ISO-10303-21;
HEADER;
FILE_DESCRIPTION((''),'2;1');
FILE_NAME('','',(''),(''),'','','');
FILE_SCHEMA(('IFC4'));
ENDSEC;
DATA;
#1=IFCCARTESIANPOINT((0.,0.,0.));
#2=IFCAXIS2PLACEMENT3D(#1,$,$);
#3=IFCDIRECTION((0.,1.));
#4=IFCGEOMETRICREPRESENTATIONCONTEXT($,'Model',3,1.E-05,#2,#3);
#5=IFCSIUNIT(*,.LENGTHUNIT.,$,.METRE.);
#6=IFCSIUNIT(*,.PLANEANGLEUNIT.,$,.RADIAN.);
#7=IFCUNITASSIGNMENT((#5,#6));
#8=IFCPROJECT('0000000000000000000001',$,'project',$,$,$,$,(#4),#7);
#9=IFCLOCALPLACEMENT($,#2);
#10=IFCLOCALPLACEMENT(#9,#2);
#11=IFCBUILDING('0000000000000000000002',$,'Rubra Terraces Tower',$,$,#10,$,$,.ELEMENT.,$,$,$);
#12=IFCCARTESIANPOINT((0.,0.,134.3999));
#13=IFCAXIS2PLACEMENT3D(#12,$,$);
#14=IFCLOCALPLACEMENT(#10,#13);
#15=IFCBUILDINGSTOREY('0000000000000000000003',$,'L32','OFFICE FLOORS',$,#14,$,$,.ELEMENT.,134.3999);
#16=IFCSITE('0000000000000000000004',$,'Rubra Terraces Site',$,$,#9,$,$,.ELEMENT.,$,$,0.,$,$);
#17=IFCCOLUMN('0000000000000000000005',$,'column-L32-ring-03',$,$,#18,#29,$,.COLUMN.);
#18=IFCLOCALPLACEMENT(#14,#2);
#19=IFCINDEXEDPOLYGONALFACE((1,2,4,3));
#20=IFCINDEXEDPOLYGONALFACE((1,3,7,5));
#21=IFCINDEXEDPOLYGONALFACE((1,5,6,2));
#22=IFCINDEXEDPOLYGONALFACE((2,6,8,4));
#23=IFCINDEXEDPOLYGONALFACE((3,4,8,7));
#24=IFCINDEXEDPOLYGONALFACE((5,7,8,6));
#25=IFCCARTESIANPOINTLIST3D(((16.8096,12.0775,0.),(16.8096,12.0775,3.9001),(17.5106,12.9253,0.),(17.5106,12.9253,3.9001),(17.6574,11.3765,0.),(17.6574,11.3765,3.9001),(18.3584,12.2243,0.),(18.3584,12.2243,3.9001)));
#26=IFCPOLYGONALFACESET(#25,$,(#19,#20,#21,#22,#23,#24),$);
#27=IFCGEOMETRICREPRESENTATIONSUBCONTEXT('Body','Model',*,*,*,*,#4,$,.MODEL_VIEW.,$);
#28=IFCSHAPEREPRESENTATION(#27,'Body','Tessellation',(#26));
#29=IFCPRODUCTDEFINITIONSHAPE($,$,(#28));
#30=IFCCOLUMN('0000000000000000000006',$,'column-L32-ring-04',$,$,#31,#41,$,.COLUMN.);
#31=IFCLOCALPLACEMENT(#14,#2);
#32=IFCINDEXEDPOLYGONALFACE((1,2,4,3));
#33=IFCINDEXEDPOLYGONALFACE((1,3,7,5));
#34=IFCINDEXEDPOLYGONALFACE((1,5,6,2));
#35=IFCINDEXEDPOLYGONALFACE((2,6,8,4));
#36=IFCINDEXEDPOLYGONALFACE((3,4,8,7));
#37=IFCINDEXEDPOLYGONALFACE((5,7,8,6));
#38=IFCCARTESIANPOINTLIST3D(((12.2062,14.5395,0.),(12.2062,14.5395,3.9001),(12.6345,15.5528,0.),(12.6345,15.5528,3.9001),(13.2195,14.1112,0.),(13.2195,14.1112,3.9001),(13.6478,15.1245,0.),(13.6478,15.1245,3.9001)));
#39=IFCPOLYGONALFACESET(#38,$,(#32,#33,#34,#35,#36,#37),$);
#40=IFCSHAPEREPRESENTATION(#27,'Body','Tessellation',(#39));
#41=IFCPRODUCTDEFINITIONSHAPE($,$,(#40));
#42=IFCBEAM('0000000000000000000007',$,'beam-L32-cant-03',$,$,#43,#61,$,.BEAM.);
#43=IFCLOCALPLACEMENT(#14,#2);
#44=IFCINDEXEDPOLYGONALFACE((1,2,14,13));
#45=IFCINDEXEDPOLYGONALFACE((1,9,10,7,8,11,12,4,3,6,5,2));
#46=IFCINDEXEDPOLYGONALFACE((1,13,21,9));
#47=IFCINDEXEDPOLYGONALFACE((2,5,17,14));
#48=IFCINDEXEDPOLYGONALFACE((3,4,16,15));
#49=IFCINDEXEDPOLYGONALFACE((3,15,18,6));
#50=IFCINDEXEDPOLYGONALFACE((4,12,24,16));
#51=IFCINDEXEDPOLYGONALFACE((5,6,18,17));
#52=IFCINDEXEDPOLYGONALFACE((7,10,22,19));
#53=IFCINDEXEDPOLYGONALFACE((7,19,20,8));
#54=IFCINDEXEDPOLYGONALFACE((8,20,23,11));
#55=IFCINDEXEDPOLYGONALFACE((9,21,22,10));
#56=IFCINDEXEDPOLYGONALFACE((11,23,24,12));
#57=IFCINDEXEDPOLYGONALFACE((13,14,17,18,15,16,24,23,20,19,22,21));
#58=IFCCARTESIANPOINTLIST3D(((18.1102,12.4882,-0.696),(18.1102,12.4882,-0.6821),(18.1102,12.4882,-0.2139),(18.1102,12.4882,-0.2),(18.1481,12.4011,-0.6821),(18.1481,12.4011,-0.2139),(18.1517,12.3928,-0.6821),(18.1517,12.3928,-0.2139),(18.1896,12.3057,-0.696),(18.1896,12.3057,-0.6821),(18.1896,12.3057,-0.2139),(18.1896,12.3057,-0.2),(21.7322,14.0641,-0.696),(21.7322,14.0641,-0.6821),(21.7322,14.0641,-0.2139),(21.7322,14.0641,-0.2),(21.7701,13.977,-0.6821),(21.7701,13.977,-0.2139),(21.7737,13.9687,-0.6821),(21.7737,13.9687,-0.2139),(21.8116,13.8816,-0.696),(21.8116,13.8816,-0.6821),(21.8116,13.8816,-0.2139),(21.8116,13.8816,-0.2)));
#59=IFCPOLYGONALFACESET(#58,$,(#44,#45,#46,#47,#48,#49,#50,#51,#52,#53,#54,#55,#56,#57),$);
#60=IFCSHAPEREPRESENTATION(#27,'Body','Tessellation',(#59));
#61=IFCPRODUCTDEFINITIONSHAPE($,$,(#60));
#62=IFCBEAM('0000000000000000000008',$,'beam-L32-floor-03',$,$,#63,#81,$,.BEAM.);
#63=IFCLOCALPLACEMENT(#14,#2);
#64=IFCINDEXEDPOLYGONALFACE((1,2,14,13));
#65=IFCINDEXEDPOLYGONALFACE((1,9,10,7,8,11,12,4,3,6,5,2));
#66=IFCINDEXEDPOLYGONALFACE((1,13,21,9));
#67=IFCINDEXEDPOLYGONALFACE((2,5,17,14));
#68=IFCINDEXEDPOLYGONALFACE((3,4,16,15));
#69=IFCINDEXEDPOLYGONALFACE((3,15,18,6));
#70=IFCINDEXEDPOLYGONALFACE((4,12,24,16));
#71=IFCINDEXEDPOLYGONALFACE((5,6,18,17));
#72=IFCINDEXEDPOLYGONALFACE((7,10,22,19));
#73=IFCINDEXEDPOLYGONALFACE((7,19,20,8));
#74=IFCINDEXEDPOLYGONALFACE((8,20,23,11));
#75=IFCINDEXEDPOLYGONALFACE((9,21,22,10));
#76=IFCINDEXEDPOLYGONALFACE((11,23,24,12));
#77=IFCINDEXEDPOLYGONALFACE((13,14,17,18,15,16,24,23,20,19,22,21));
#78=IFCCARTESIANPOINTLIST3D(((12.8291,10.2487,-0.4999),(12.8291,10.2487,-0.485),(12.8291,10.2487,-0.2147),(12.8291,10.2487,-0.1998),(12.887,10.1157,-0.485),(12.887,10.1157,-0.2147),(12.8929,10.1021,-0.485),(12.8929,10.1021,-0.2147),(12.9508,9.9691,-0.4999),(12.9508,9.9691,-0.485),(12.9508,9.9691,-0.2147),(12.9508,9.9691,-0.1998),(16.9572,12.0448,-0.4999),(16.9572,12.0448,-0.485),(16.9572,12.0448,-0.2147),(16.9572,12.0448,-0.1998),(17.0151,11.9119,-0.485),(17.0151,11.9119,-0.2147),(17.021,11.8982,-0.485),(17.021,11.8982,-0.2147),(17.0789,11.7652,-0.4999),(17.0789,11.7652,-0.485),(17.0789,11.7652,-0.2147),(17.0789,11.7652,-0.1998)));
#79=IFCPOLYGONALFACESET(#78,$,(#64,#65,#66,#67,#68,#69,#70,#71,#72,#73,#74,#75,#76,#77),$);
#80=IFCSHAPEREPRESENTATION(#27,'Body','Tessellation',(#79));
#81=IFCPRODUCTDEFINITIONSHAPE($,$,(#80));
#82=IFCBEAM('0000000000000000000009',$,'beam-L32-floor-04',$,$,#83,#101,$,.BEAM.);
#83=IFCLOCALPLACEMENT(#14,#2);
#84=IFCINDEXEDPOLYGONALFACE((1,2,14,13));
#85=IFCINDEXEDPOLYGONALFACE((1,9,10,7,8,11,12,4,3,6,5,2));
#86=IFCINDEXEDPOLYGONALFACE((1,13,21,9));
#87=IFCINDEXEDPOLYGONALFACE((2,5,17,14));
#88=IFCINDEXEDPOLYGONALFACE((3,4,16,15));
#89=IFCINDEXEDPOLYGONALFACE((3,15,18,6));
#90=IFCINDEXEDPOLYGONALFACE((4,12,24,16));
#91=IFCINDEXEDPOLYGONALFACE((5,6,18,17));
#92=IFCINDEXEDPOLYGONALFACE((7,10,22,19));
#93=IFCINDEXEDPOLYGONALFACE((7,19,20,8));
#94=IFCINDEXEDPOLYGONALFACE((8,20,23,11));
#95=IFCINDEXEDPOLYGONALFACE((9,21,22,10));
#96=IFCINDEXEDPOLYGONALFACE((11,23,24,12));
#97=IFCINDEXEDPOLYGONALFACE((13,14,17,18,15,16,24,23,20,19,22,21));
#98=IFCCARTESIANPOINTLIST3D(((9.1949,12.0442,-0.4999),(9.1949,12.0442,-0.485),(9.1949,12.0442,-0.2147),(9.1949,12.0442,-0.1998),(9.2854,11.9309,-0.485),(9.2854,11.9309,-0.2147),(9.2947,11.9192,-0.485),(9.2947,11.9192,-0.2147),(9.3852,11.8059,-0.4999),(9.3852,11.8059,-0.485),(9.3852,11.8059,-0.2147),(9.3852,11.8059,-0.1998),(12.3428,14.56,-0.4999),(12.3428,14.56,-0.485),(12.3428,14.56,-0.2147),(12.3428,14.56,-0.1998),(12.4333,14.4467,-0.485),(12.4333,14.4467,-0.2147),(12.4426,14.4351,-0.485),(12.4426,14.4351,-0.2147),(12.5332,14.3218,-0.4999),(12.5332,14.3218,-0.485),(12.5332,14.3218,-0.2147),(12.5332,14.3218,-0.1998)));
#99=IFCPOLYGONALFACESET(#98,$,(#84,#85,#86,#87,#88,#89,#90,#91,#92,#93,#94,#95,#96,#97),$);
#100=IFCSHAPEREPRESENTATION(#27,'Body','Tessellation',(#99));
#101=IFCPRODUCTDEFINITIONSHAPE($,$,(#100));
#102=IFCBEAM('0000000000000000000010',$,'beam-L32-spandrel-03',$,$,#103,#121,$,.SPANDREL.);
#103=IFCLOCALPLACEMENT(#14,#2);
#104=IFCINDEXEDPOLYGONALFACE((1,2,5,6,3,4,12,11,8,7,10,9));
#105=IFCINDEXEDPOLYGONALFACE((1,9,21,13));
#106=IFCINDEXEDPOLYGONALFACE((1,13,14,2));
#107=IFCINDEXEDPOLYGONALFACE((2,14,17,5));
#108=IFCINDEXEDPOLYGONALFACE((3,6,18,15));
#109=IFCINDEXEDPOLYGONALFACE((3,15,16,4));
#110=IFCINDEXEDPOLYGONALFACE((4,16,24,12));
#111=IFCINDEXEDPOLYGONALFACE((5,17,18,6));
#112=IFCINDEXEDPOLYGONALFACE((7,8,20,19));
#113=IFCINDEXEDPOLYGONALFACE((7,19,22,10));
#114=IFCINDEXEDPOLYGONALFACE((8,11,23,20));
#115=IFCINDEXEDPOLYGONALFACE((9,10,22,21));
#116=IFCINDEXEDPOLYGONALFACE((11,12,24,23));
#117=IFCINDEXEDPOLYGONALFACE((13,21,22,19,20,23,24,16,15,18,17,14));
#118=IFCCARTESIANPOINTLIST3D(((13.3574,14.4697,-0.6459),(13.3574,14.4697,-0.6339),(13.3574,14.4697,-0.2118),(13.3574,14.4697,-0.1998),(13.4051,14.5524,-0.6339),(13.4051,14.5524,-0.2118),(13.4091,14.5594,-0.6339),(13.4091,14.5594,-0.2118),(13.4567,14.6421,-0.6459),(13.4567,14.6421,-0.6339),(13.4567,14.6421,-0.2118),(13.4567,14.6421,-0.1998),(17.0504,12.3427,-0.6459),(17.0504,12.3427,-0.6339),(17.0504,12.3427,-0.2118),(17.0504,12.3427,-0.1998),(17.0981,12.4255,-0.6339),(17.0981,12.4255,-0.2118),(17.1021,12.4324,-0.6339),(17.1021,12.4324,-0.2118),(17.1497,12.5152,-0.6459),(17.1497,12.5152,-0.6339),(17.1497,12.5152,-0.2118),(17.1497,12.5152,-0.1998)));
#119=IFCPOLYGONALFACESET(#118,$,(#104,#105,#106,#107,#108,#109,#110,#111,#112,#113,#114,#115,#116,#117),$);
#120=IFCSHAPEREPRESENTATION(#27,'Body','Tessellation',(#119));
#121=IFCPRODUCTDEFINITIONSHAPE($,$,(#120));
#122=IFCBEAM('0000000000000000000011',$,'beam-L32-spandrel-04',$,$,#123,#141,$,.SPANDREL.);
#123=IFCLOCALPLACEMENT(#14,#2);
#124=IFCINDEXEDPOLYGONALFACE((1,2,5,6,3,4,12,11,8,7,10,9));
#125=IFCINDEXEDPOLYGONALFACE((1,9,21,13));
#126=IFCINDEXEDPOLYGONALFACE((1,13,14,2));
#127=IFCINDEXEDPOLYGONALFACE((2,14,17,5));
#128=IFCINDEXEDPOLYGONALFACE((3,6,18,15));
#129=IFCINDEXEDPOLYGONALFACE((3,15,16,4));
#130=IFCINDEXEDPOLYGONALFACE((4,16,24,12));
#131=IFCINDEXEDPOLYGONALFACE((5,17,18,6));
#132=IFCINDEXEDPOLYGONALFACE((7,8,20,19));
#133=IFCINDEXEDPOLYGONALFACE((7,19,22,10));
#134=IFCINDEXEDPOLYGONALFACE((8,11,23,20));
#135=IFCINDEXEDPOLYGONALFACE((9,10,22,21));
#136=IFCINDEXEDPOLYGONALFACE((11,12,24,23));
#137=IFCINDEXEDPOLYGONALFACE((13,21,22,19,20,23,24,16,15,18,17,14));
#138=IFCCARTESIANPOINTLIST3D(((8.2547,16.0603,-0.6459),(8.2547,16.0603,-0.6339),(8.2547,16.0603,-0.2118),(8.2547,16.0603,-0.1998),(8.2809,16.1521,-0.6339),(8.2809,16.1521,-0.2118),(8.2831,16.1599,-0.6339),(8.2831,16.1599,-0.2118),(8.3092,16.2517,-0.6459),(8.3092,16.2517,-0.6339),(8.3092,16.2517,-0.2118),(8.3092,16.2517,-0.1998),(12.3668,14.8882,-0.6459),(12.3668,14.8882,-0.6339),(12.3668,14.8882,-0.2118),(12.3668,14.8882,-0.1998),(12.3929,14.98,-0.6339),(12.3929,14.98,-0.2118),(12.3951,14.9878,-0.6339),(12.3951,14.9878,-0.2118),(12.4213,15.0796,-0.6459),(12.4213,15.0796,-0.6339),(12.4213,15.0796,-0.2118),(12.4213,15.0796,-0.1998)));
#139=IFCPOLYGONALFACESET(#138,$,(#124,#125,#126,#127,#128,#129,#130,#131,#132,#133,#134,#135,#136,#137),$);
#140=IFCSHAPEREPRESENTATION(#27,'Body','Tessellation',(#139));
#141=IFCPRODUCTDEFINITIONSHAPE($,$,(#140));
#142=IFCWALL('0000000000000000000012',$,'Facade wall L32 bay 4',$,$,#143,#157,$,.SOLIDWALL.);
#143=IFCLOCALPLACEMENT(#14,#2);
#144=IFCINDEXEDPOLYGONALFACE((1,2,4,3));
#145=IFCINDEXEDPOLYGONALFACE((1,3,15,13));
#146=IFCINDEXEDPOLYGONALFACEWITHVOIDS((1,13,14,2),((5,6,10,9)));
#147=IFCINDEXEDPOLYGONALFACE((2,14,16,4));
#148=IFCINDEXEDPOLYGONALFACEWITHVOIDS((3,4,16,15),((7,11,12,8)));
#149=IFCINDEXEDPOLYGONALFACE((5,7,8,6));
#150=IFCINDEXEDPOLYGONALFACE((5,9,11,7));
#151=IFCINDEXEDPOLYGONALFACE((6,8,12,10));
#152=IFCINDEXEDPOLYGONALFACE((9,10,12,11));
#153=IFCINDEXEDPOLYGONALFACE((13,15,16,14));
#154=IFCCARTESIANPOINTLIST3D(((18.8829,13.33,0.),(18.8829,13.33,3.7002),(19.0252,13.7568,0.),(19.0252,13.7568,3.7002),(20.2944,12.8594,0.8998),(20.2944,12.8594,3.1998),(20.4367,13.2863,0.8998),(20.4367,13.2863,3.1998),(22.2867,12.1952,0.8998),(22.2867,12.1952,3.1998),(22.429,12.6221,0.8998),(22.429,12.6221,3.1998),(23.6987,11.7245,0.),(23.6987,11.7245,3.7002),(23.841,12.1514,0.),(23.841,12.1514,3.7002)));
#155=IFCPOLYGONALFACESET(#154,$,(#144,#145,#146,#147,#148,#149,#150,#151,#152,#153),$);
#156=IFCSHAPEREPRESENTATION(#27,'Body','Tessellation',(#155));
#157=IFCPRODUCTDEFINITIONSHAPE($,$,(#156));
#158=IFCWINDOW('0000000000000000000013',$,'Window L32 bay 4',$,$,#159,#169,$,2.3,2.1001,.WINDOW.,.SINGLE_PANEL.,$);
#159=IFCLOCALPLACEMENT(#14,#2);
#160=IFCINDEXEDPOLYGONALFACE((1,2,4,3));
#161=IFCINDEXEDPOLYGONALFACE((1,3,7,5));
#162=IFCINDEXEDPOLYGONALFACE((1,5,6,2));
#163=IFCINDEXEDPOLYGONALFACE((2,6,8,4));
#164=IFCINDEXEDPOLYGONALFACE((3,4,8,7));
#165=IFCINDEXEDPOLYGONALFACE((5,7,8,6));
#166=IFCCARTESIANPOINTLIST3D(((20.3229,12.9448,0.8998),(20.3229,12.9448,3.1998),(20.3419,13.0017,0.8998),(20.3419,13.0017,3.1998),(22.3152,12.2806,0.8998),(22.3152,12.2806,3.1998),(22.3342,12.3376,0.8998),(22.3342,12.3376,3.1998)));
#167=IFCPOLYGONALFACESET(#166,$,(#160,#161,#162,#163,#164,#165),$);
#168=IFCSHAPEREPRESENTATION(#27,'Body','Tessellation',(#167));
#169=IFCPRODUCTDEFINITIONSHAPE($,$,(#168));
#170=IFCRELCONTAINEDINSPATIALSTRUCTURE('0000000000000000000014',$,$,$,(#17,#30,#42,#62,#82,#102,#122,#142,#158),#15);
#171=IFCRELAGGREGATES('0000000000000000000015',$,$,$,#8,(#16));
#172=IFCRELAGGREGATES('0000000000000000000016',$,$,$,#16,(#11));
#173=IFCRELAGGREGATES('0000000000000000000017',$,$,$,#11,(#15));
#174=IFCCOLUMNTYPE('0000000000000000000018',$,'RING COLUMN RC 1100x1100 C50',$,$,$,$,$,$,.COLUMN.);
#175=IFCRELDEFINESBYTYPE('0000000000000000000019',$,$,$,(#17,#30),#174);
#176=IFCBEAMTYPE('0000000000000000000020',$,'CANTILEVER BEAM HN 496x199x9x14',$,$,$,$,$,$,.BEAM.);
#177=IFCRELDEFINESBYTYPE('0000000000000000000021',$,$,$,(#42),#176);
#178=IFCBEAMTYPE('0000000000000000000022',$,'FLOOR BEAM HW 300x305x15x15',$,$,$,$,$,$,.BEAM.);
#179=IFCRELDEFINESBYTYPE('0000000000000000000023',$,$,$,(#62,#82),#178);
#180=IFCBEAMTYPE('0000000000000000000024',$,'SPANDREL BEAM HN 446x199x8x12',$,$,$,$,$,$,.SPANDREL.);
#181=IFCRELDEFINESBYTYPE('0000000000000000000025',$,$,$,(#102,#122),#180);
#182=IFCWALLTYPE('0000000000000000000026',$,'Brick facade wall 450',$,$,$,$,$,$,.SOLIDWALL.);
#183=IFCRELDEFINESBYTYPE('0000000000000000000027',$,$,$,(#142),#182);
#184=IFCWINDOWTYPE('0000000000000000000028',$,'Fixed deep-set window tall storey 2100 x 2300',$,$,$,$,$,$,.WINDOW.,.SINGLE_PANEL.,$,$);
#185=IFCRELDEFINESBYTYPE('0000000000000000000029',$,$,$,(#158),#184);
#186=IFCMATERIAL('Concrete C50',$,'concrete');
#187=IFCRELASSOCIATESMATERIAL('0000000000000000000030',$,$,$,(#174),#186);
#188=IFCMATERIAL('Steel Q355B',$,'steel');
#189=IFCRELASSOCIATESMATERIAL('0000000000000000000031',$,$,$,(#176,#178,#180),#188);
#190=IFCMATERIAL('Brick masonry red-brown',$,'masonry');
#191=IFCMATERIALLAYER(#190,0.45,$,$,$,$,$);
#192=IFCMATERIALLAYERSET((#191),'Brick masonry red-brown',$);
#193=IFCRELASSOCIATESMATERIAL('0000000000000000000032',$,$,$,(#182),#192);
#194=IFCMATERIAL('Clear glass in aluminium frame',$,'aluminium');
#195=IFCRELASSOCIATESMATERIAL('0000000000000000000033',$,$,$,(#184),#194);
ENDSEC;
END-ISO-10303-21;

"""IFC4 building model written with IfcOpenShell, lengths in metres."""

from ifc_helpers import new_model, si_unit, direction, frame, frame_2d, origin, origin_2d, place, context, subcontext, project, spatial, rectangle, i_section, extrude, material, layer, layer_set, material_profile, profile_set, type_object, element, fill, save


model = new_model("IFC4")

# Units and contexts
model_context = context("Model", 3, precision=1e-05, world=origin(), true_north=direction((0.0, 1.0)))
body_context = subcontext(model_context, "Body", "Model", "MODEL_VIEW")
ifc_project = project(units=[si_unit("LENGTHUNIT", "METRE"), si_unit("PLANEANGLEUNIT", "RADIAN")], contexts=[model_context])

# Site, building, storey
site_placement = place(None, origin())
site = spatial("IfcSite", under=ifc_project, at=site_placement, Name="Rubra Terraces Site", CompositionType="ELEMENT", RefElevation=0.0)
building_placement = place(site_placement, origin())
building = spatial("IfcBuilding", under=site, at=building_placement, Name="Rubra Terraces Tower", CompositionType="ELEMENT")
storey_placement = place(building_placement, frame((0.0, 0.0, 134.3999)))
storey = spatial("IfcBuildingStorey", under=building, at=storey_placement, Name="L32", Description="OFFICE FLOORS", CompositionType="ELEMENT", Elevation=134.3999)

# Columns
ifc_material_1 = material(Name="Concrete C50", Category="concrete")
ifc_material_profile_1 = material_profile(ifc_material_1, rectangle(XDim=1.1001, YDim=1.1001, at=origin_2d()), Name="RC 1100x1100")
ifc_profile_set_1 = profile_set([ifc_material_profile_1], Name="Concrete C50")
column_type = type_object("IfcColumnType", Name="RING COLUMN RC 1100x1100 C50", PredefinedType="COLUMN", material=ifc_profile_set_1)
for number, where, z_axis, x_axis, name in (
    (1, (17.584, 12.1509, 0.0), (0.0, 0.0, 1.0), (-0.770679, 0.637223, 0.0), "column-L32-ring-03"),
    (2, (12.927, 14.832, 0.0), (0.0, 0.0, 1.0), (-0.921106, 0.389313, 0.0), "column-L32-ring-04"),
):
    element("IfcColumn", number, at=place(storey_placement, frame(where, z_axis=z_axis, x_axis=x_axis)), inside=storey, type_object=column_type, Name=name, PredefinedType="COLUMN", context=body_context, shape_type="SweptSolid", body=[
        extrude(rectangle(XDim=1.1001, YDim=1.1001, at=origin_2d()), origin(), (0.0, 0.0, 1.0), 3.9001),
    ])

# Beams
ifc_material_2 = material(Name="Steel Q355B", Category="steel")
ifc_material_profile_2 = material_profile(ifc_material_2, i_section(OverallWidth=0.199, OverallDepth=0.4961, WebThickness=0.009, FlangeThickness=0.0139, at=origin_2d()), Name="HN 496x199x9x14")
ifc_profile_set_2 = profile_set([ifc_material_profile_2], Name="Steel Q355B")
beam_type_1 = type_object("IfcBeamType", Name="CANTILEVER BEAM HN 496x199x9x14", PredefinedType="BEAM", material=ifc_profile_set_2)
beam_1_placement = place(storey_placement, frame((18.1499, 12.397, -0.448), z_axis=(0.916967, 0.398963, 0.0), x_axis=(-0.398963, 0.916967, 0.0)))
element("IfcBeam", 3, at=beam_1_placement, inside=storey, type_object=beam_type_1, Name="beam-L32-cant-03", PredefinedType="BEAM", context=body_context, shape_type="SweptSolid", body=[
    extrude(i_section(OverallWidth=0.199, OverallDepth=0.4961, WebThickness=0.009, FlangeThickness=0.0139, at=origin_2d()), origin(), (0.0, 0.0, 1.0), 3.95),
])
ifc_material_profile_3 = material_profile(ifc_material_2, i_section(OverallWidth=0.3049, OverallDepth=0.3, WebThickness=0.0149, FlangeThickness=0.0149, at=origin_2d()), Name="HW 300x305x15x15")
ifc_profile_set_3 = profile_set([ifc_material_profile_3], Name="Steel Q355B")
beam_type_2 = type_object("IfcBeamType", Name="FLOOR BEAM HW 300x305x15x15", PredefinedType="BEAM", material=ifc_profile_set_3)
beam_2_placement = place(storey_placement, frame((17.0181, 11.905, -0.3499), z_axis=(-0.916966, -0.398966, 0.0), x_axis=(0.398966, -0.916966, 0.0)))
element("IfcBeam", 4, at=beam_2_placement, inside=storey, type_object=beam_type_2, Name="beam-L32-floor-03", PredefinedType="BEAM", context=body_context, shape_type="SweptSolid", body=[
    extrude(i_section(OverallWidth=0.3049, OverallDepth=0.3, WebThickness=0.0149, FlangeThickness=0.0149, at=origin_2d()), origin(), (0.0, 0.0, 1.0), 4.502),
])
beam_3_placement = place(storey_placement, frame((12.438, 14.4409, -0.3499), z_axis=(-0.78117, -0.624318, 0.0), x_axis=(0.624318, -0.78117, 0.0)))
element("IfcBeam", 5, at=beam_3_placement, inside=storey, type_object=beam_type_2, Name="beam-L32-floor-04", PredefinedType="BEAM", context=body_context, shape_type="SweptSolid", body=[
    extrude(i_section(OverallWidth=0.3049, OverallDepth=0.3, WebThickness=0.0149, FlangeThickness=0.0149, at=origin_2d()), origin(), (0.0, 0.0, 1.0), 4.0298),
])
ifc_material_profile_4 = material_profile(ifc_material_2, i_section(OverallWidth=0.199, OverallDepth=0.446, WebThickness=0.0081, FlangeThickness=0.012, at=origin_2d()), Name="HN 446x199x8x12")
ifc_profile_set_4 = profile_set([ifc_material_profile_4], Name="Steel Q355B")
beam_type_3 = type_object("IfcBeamType", Name="SPANDREL BEAM HN 446x199x8x12", PredefinedType="SPANDREL", material=ifc_profile_set_4)
beam_4_placement = place(storey_placement, frame((17.1001, 12.429, -0.4229), z_axis=(-0.86656, 0.499073, 0.0), x_axis=(-0.499073, -0.86656, 0.0)))
element("IfcBeam", 6, at=beam_4_placement, inside=storey, type_object=beam_type_3, Name="beam-L32-spandrel-03", PredefinedType="SPANDREL", context=body_context, shape_type="SweptSolid", body=[
    extrude(i_section(OverallWidth=0.199, OverallDepth=0.446, WebThickness=0.0081, FlangeThickness=0.012, at=origin_2d()), origin(), (0.0, 0.0, 1.0), 4.2617),
])
beam_5_placement = place(storey_placement, frame((12.394, 14.9839, -0.4229), z_axis=(-0.961694, 0.274125, 0.0), x_axis=(-0.274125, -0.961694, 0.0)))
element("IfcBeam", 7, at=beam_5_placement, inside=storey, type_object=beam_type_3, Name="beam-L32-spandrel-04", PredefinedType="SPANDREL", context=body_context, shape_type="SweptSolid", body=[
    extrude(i_section(OverallWidth=0.199, OverallDepth=0.446, WebThickness=0.0081, FlangeThickness=0.012, at=origin_2d()), origin(), (0.0, 0.0, 1.0), 4.2759),
])

# Wall, opening, window
ifc_material_3 = material(Name="Brick masonry red-brown", Category="masonry")
ifc_layer_1 = layer(ifc_material_3, 0.45)
ifc_layer_set_1 = layer_set([ifc_layer_1], Name="Brick masonry red-brown")
wall_type_1 = type_object("IfcWallType", Name="Brick facade wall 450", PredefinedType="SOLIDWALL", material=ifc_layer_set_1)
wall_1_placement = place(storey_placement, frame((23.7698, 11.938, 0.0), z_axis=(0.0, 0.0, 1.0), x_axis=(-0.948674, 0.316257, 0.0)))
wall_1 = element("IfcWall", 8, at=wall_1_placement, inside=storey, type_object=wall_type_1, Name="Facade wall L32 bay 4", PredefinedType="SOLIDWALL", context=body_context, shape_type="SweptSolid", body=[
    extrude(rectangle(XDim=5.0764, YDim=0.45, at=frame_2d((2.5381, 0.0))), origin(), (0.0, 0.0, 1.0), 3.7002),
])
opening_1_placement = place(wall_1_placement, frame((1.4883, 0.0, 0.8999)))
opening_1 = element("IfcOpeningElement", 9, at=opening_1_placement, cuts=wall_1, PredefinedType="OPENING", context=body_context, shape_type="SweptSolid", body=[
    extrude(rectangle(XDim=2.1001, YDim=2.3, at=frame_2d((1.05, 1.1499))), frame((0.0, 0.2349, 0.0), z_axis=(0.0, -1.0, 0.0), x_axis=(1.0, 0.0, 0.0)), (0.0, 0.0, 1.0), 0.47),
])
ifc_material_4 = material(Name="Clear glass in aluminium frame", Category="aluminium")
window_type = type_object("IfcWindowType", Name="Fixed deep-set window tall storey 2100 x 2300", PartitioningType="SINGLE_PANEL", PredefinedType="WINDOW", material=ifc_material_4)
window_1_placement = place(opening_1_placement, origin())
window_1 = element("IfcWindow", 10, at=window_1_placement, inside=storey, type_object=window_type, Name="Window L32 bay 4", OverallHeight=2.3, OverallWidth=2.1001, PartitioningType="SINGLE_PANEL", PredefinedType="WINDOW", context=body_context, shape_type="SweptSolid", body=[
    extrude(rectangle(XDim=2.1001, YDim=2.3, at=frame_2d((1.05, 1.1499))), frame((0.0, 0.135, 0.0), z_axis=(0.0, -1.0, 0.0), x_axis=(1.0, 0.0, 0.0)), (0.0, 0.0, 1.0), 0.0601),
])
fill(opening_1, window_1)

save(model, "model.ifc")
